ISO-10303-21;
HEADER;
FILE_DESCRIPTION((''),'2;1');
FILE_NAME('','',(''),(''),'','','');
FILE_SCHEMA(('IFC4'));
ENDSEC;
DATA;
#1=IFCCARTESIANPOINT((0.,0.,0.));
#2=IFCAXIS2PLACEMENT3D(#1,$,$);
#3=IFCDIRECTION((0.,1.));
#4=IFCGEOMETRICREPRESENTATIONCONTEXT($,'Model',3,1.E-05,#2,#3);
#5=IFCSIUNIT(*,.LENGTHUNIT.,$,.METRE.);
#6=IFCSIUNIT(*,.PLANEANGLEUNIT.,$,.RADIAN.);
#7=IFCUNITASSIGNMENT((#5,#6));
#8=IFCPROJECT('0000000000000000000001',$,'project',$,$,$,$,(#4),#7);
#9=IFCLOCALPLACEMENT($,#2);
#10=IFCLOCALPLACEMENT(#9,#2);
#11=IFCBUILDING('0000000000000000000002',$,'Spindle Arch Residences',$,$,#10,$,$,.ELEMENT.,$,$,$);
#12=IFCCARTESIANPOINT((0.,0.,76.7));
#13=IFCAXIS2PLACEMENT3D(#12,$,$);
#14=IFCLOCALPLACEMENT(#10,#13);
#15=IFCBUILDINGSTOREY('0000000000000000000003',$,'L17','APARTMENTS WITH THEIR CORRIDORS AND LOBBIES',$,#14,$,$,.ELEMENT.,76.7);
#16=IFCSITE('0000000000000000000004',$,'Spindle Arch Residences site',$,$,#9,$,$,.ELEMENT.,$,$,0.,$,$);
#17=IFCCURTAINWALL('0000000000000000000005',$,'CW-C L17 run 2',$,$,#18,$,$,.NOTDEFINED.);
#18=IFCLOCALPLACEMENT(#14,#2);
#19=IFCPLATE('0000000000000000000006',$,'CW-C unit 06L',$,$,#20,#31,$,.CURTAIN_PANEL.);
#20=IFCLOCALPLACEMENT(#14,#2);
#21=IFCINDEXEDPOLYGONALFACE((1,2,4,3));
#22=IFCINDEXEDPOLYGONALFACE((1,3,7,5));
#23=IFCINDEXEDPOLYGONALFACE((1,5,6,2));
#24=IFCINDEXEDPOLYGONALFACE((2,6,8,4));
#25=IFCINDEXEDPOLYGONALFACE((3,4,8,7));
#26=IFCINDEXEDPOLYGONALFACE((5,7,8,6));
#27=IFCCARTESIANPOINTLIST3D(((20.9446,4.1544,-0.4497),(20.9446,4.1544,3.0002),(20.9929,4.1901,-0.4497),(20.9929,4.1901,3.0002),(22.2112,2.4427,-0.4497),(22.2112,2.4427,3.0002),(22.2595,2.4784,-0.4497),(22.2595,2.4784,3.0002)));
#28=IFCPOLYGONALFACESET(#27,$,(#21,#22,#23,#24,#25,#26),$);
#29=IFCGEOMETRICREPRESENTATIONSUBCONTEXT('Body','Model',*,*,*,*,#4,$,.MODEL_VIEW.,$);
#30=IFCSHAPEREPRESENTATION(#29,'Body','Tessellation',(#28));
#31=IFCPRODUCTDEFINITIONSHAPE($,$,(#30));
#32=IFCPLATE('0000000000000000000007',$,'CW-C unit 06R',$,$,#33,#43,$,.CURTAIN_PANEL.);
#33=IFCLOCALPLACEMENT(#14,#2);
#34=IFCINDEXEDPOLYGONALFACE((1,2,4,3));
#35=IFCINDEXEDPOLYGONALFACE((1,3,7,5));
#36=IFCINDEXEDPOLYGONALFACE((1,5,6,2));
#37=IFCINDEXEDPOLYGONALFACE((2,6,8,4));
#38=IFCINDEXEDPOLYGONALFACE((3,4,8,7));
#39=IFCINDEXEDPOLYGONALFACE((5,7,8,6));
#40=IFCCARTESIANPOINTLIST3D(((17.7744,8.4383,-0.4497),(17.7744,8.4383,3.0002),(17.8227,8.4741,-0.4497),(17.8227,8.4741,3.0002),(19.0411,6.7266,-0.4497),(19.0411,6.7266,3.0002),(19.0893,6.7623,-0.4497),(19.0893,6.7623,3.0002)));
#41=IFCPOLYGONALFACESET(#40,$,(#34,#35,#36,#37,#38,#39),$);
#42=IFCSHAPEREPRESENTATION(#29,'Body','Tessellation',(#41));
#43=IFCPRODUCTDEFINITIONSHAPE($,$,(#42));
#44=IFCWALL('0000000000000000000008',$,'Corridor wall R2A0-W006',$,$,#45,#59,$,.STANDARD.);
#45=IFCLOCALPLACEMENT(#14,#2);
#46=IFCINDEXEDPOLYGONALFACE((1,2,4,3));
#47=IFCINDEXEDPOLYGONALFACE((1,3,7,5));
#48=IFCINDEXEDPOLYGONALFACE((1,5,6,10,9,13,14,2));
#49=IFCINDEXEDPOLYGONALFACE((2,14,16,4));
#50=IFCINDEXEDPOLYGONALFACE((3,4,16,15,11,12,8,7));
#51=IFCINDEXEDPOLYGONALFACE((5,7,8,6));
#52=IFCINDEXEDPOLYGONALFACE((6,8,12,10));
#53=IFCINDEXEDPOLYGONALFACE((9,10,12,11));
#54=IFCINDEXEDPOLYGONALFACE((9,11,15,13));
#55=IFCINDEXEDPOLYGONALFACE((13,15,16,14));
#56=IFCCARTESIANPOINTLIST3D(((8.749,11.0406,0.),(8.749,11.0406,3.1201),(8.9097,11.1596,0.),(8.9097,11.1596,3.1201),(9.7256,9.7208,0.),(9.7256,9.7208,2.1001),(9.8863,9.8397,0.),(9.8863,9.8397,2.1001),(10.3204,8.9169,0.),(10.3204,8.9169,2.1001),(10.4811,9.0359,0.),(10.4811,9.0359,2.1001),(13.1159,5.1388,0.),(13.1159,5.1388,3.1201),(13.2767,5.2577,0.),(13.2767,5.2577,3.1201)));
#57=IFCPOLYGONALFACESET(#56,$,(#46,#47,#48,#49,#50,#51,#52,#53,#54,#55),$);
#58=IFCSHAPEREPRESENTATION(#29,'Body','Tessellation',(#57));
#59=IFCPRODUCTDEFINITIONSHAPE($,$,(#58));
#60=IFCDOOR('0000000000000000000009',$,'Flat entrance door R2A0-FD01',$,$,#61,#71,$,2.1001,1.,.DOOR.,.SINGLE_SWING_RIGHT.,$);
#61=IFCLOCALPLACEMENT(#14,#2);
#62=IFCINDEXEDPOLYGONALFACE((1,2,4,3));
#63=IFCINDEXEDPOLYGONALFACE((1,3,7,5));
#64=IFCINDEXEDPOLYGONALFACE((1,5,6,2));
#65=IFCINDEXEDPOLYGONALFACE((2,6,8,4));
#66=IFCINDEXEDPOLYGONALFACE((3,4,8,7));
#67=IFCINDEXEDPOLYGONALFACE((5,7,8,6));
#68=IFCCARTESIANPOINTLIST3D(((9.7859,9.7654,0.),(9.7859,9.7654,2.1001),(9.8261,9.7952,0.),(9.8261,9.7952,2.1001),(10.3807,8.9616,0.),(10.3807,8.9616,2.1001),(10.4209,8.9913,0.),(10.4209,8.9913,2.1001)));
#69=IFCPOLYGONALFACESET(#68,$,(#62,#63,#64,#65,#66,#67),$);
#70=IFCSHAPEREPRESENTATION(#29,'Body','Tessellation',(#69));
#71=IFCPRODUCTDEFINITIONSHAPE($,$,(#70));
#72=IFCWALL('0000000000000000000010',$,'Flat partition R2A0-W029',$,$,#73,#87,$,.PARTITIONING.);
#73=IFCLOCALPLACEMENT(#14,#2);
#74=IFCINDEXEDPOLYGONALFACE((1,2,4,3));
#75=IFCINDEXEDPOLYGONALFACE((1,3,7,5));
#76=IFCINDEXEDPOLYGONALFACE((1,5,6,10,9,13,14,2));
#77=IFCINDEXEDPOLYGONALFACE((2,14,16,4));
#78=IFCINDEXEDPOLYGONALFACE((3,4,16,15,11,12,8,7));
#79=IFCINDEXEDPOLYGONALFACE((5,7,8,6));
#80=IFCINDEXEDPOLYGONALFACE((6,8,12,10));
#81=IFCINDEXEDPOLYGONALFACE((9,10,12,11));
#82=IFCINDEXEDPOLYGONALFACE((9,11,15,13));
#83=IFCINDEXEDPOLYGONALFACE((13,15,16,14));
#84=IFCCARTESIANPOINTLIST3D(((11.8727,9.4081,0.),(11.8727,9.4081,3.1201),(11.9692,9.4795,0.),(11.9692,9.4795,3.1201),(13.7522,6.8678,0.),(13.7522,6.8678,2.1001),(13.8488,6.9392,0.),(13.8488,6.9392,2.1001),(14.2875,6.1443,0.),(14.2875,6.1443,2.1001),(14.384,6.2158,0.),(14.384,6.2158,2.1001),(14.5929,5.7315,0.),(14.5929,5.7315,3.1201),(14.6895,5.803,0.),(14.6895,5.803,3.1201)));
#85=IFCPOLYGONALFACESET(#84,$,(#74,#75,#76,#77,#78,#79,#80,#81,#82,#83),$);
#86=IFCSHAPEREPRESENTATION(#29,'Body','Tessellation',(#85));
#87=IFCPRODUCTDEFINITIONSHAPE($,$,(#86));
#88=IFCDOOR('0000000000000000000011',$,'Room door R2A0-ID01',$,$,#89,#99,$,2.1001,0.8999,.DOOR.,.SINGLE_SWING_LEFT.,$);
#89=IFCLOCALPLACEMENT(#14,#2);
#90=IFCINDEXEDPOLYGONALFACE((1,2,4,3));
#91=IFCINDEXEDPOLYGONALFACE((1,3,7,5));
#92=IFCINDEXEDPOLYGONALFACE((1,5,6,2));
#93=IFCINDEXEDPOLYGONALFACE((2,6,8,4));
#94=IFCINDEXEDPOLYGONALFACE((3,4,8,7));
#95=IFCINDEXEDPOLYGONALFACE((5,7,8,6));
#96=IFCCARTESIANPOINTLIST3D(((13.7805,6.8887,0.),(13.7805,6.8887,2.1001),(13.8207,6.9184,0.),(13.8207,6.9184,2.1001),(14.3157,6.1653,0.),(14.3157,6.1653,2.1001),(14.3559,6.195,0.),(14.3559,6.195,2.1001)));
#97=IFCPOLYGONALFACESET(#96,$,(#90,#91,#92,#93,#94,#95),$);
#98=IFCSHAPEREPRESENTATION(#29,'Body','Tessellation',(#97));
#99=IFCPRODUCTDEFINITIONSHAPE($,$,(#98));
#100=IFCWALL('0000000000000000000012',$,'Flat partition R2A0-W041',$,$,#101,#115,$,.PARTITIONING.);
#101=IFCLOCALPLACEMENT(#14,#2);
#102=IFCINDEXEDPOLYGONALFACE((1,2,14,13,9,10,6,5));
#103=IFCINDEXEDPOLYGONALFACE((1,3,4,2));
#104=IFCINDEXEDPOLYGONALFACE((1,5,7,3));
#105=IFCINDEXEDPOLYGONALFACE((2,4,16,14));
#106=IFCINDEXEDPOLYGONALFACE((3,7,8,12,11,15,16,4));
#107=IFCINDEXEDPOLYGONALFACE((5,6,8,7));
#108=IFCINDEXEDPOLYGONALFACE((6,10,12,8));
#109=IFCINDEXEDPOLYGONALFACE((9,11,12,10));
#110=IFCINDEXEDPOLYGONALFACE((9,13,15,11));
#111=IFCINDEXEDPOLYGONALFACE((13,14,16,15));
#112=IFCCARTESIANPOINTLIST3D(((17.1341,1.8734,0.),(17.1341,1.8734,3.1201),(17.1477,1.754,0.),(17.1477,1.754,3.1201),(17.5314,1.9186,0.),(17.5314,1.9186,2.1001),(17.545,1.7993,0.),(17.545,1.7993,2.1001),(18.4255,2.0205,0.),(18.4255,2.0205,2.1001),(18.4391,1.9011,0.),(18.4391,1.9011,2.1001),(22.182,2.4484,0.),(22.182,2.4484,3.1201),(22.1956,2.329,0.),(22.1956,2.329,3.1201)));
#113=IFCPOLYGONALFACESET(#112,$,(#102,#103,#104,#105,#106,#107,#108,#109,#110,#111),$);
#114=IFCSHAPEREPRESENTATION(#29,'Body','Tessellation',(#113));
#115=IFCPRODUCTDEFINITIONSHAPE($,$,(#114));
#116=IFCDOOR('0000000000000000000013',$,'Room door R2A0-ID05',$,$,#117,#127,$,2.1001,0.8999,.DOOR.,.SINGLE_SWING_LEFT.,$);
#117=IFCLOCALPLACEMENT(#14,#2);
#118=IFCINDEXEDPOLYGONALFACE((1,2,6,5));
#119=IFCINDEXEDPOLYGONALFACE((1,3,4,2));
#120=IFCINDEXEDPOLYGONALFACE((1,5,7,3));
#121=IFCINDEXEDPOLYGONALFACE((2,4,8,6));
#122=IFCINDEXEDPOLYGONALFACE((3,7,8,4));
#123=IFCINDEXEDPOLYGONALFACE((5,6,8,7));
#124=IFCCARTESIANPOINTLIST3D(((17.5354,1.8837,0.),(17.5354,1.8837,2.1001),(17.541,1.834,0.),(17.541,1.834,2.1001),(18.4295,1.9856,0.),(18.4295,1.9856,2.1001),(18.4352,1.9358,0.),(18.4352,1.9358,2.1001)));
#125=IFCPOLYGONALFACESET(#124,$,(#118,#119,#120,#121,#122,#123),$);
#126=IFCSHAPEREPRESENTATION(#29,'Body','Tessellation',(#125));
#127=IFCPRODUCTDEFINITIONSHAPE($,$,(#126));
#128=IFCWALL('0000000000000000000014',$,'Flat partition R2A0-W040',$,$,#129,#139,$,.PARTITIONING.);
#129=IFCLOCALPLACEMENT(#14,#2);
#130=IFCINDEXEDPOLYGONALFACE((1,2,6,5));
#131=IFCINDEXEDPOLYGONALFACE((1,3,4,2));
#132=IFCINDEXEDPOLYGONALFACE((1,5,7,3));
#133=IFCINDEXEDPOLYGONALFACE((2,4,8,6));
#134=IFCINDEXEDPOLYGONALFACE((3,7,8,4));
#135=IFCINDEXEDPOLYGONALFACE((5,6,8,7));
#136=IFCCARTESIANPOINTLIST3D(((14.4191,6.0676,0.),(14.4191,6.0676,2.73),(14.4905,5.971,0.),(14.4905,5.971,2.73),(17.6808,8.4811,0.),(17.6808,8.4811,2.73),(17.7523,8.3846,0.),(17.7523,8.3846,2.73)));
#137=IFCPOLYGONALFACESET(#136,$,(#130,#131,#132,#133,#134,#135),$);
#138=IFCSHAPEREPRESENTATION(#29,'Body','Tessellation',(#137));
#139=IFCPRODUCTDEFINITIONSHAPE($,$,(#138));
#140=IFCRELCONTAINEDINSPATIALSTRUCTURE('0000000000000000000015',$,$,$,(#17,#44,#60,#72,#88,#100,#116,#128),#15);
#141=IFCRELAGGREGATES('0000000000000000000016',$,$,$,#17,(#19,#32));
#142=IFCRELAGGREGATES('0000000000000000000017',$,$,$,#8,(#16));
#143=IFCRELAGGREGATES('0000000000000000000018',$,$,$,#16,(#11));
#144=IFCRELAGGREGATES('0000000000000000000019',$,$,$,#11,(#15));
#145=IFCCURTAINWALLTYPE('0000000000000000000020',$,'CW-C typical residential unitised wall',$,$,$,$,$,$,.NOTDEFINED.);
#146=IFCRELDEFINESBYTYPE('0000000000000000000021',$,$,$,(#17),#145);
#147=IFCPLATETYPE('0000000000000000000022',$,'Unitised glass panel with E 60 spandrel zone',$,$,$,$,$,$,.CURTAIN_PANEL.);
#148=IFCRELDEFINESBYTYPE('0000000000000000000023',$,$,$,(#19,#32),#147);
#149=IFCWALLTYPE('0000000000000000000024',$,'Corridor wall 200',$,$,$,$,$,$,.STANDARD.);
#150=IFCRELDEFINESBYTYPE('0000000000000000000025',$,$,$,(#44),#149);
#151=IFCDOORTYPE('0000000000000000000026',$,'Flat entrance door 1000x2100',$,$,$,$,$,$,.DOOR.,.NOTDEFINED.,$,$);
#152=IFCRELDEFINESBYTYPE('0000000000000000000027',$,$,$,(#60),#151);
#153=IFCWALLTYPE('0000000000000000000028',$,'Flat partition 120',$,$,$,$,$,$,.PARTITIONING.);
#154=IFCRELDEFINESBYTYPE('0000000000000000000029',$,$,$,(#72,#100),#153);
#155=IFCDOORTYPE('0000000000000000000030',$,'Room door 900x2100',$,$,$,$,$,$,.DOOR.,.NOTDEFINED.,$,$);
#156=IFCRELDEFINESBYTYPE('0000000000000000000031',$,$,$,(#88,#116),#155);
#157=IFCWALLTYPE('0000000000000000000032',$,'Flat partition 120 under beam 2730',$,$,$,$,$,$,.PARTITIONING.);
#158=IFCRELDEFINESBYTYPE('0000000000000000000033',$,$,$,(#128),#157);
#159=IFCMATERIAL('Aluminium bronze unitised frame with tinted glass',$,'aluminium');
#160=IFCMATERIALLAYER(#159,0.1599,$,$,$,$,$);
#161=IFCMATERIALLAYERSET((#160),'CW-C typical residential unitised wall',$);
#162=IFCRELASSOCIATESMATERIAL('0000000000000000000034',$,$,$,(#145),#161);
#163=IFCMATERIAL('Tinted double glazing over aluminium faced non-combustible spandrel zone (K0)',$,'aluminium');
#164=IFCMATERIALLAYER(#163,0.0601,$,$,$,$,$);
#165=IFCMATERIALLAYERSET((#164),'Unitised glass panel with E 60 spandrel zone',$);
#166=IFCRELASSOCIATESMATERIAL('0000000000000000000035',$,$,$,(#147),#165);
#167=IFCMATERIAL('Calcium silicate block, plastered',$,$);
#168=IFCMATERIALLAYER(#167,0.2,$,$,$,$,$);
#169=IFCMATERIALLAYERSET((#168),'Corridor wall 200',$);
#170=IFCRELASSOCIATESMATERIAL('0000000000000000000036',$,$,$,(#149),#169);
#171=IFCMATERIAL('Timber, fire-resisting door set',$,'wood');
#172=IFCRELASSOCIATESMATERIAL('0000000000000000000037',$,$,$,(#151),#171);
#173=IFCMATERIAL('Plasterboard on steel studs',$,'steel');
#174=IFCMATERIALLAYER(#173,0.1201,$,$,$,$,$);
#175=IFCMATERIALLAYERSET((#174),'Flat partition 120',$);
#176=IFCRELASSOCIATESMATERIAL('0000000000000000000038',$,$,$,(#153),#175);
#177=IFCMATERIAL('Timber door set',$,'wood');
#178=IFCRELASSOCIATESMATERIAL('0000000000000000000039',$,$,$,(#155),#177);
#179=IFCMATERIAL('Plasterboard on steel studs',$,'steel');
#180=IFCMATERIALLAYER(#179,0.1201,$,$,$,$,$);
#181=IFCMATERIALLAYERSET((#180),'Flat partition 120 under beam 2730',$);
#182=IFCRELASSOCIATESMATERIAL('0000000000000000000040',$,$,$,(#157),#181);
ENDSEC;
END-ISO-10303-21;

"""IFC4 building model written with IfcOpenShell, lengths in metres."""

from ifc_helpers import new_model, si_unit, direction, frame, frame_2d, origin, origin_2d, place, context, subcontext, project, spatial, rectangle, extrude, material, layer, layer_set, type_object, element, fill, aggregate, save


model = new_model("IFC4")

# Units and contexts
model_context = context("Model", 3, precision=1e-05, world=origin(), true_north=direction((0.0, 1.0)))
body_context = subcontext(model_context, "Body", "Model", "MODEL_VIEW")
ifc_project = project(units=[si_unit("LENGTHUNIT", "METRE"), si_unit("PLANEANGLEUNIT", "RADIAN")], contexts=[model_context])

# Site, building, storey
site_placement = place(None, origin())
site = spatial("IfcSite", under=ifc_project, at=site_placement, Name="Spindle Arch Residences site", CompositionType="ELEMENT", RefElevation=0.0)
building_placement = place(site_placement, origin())
building = spatial("IfcBuilding", under=site, at=building_placement, Name="Spindle Arch Residences", CompositionType="ELEMENT")
storey_placement = place(building_placement, frame((0.0, 0.0, 76.7)))
storey = spatial("IfcBuildingStorey", under=building, at=storey_placement, Name="L17", Description="APARTMENTS WITH THEIR CORRIDORS AND LOBBIES", CompositionType="ELEMENT", Elevation=76.7)

# Curtain wall
ifc_material_1 = material(Name="Aluminium bronze unitised frame with tinted glass", Category="aluminium")
ifc_layer_1 = layer(ifc_material_1, 0.1599)
ifc_layer_set_1 = layer_set([ifc_layer_1], Name="CW-C typical residential unitised wall")
curtain_wall_type = type_object("IfcCurtainWallType", Name="CW-C typical residential unitised wall", PredefinedType="NOTDEFINED", material=ifc_layer_set_1)
curtain_wall_placement = place(storey_placement, origin())
curtain_wall = element("IfcCurtainWall", 1, at=curtain_wall_placement, inside=storey, type_object=curtain_wall_type, Name="CW-C L17 run 2", PredefinedType="NOTDEFINED")

# Plates
ifc_material_2 = material(Name="Tinted double glazing over aluminium faced non-combustible spandrel zone (K0)", Category="aluminium")
ifc_layer_2 = layer(ifc_material_2, 0.0601)
ifc_layer_set_2 = layer_set([ifc_layer_2], Name="Unitised glass panel with E 60 spandrel zone")
plate_type = type_object("IfcPlateType", Name="Unitised glass panel with E 60 spandrel zone", PredefinedType="CURTAIN_PANEL", material=ifc_layer_set_2)
plate_1_placement = place(storey_placement, frame((21.6021, 3.3164, -0.4497), z_axis=(0.0, 0.0, 1.0), x_axis=(-0.594823, 0.803857, 0.0)))
plate_1 = element("IfcPlate", 2, at=plate_1_placement, type_object=plate_type, Name="CW-C unit 06L", PredefinedType="CURTAIN_PANEL", context=body_context, shape_type="SweptSolid", body=[
    extrude(rectangle(XDim=2.1294, YDim=0.0601, at=origin_2d()), origin(), (0.0, 0.0, 1.0), 3.45),
])
plate_2_placement = place(storey_placement, frame((18.4319, 7.6003, -0.4497), z_axis=(0.0, 0.0, 1.0), x_axis=(-0.594823, 0.803857, 0.0)))
plate_2 = element("IfcPlate", 3, at=plate_2_placement, type_object=plate_type, Name="CW-C unit 06R", PredefinedType="CURTAIN_PANEL", context=body_context, shape_type="SweptSolid", body=[
    extrude(rectangle(XDim=2.1294, YDim=0.0601, at=origin_2d()), origin(), (0.0, 0.0, 1.0), 3.45),
])
aggregate(curtain_wall, [plate_1, plate_2])

# Walls, openings, doors
ifc_material_3 = material(Name="Calcium silicate block, plastered")
ifc_layer_3 = layer(ifc_material_3, 0.2)
ifc_layer_set_3 = layer_set([ifc_layer_3], Name="Corridor wall 200")
wall_type_1 = type_object("IfcWallType", Name="Corridor wall 200", PredefinedType="STANDARD", material=ifc_layer_set_3)
wall_1_placement = place(storey_placement, frame((13.1963, 5.1982, 0.0), z_axis=(0.0, 0.0, 1.0), x_axis=(-0.594805, 0.80387, 0.0)))
wall_1 = element("IfcWall", 4, at=wall_1_placement, inside=storey, type_object=wall_type_1, Name="Corridor wall R2A0-W006", PredefinedType="STANDARD", context=body_context, shape_type="SweptSolid", body=[
    extrude(rectangle(XDim=7.3418, YDim=0.2, at=frame_2d((3.6709, 0.0))), origin(), (0.0, 0.0, 1.0), 3.1201),
])
opening_1_placement = place(wall_1_placement, frame((4.7, 0.0, 0.0)))
opening_1 = element("IfcOpeningElement", 5, at=opening_1_placement, cuts=wall_1, PredefinedType="OPENING", context=body_context, shape_type="SweptSolid", body=[
    extrude(rectangle(XDim=1.0, YDim=2.1001, at=frame_2d((0.5, 1.05))), frame((0.0, 0.1099, 0.0), z_axis=(0.0, -1.0, 0.0), x_axis=(1.0, 0.0, 0.0)), (0.0, 0.0, 1.0), 0.22),
])
ifc_material_4 = material(Name="Timber, fire-resisting door set", Category="wood")
door_type_1 = type_object("IfcDoorType", Name="Flat entrance door 1000x2100", OperationType="NOTDEFINED", PredefinedType="DOOR", material=ifc_material_4)
door_1_placement = place(opening_1_placement, origin())
door_1 = element("IfcDoor", 6, at=door_1_placement, inside=storey, type_object=door_type_1, Name="Flat entrance door R2A0-FD01", OperationType="SINGLE_SWING_RIGHT", OverallHeight=2.1001, OverallWidth=1.0, PredefinedType="DOOR", context=body_context, shape_type="SweptSolid", body=[
    extrude(rectangle(XDim=1.0, YDim=2.1001, at=frame_2d((0.5, 1.05))), frame((0.0, 0.0249, 0.0), z_axis=(0.0, -1.0, 0.0), x_axis=(1.0, 0.0, 0.0)), (0.0, 0.0, 1.0), 0.05),
])
fill(opening_1, door_1)
ifc_material_5 = material(Name="Plasterboard on steel studs", Category="steel")
ifc_layer_4 = layer(ifc_material_5, 0.1201)
ifc_layer_set_4 = layer_set([ifc_layer_4], Name="Flat partition 120")
wall_type_2 = type_object("IfcWallType", Name="Flat partition 120", PredefinedType="PARTITIONING", material=ifc_layer_set_4)
wall_2_placement = place(storey_placement, frame((14.6411, 5.7673, 0.0), z_axis=(0.0, 0.0, 1.0), x_axis=(-0.594786, 0.803884, 0.0)))
wall_2 = element("IfcWall", 7, at=wall_2_placement, inside=storey, type_object=wall_type_2, Name="Flat partition R2A0-W029", PredefinedType="PARTITIONING", context=body_context, shape_type="SweptSolid", body=[
    extrude(rectangle(XDim=4.5735, YDim=0.1201, at=frame_2d((2.2866, 0.0))), origin(), (0.0, 0.0, 1.0), 3.1201),
])
opening_2_placement = place(wall_2_placement, frame((0.5134, 0.0, 0.0)))
opening_2 = element("IfcOpeningElement", 8, at=opening_2_placement, cuts=wall_2, PredefinedType="OPENING", context=body_context, shape_type="SweptSolid", body=[
    extrude(rectangle(XDim=0.8999, YDim=2.1001, at=frame_2d((0.45, 1.05))), frame((0.0, 0.0701, 0.0), z_axis=(0.0, -1.0, 0.0), x_axis=(1.0, 0.0, 0.0)), (0.0, 0.0, 1.0), 0.1401),
])
ifc_material_6 = material(Name="Timber door set", Category="wood")
door_type_2 = type_object("IfcDoorType", Name="Room door 900x2100", OperationType="NOTDEFINED", PredefinedType="DOOR", material=ifc_material_6)
door_2_placement = place(opening_2_placement, origin())
door_2 = element("IfcDoor", 9, at=door_2_placement, inside=storey, type_object=door_type_2, Name="Room door R2A0-ID01", OperationType="SINGLE_SWING_LEFT", OverallHeight=2.1001, OverallWidth=0.8999, PredefinedType="DOOR", context=body_context, shape_type="SweptSolid", body=[
    extrude(rectangle(XDim=0.8999, YDim=2.1001, at=frame_2d((0.45, 1.05))), frame((0.0, 0.0249, 0.0), z_axis=(0.0, -1.0, 0.0), x_axis=(1.0, 0.0, 0.0)), (0.0, 0.0, 1.0), 0.05),
])
fill(opening_2, door_2)
wall_3_placement = place(storey_placement, frame((17.1409, 1.8137, 0.0), z_axis=(0.0, 0.0, 1.0), x_axis=(0.993576, 0.113168, 0.0)))
wall_3 = element("IfcWall", 10, at=wall_3_placement, inside=storey, type_object=wall_type_2, Name="Flat partition R2A0-W041", PredefinedType="PARTITIONING", context=body_context, shape_type="SweptSolid", body=[
    extrude(rectangle(XDim=5.0806, YDim=0.1201, at=frame_2d((2.5403, 0.0))), origin(), (0.0, 0.0, 1.0), 3.1201),
])
opening_3_placement = place(wall_3_placement, frame((0.3999, 0.0, 0.0)))
opening_3 = element("IfcOpeningElement", 11, at=opening_3_placement, cuts=wall_3, PredefinedType="OPENING", context=body_context, shape_type="SweptSolid", body=[
    extrude(rectangle(XDim=0.8999, YDim=2.1001, at=frame_2d((0.45, 1.05))), frame((0.0, 0.0701, 0.0), z_axis=(0.0, -1.0, 0.0), x_axis=(1.0, 0.0, 0.0)), (0.0, 0.0, 1.0), 0.1401),
])
door_3_placement = place(opening_3_placement, origin())
door_3 = element("IfcDoor", 12, at=door_3_placement, inside=storey, type_object=door_type_2, Name="Room door R2A0-ID05", OperationType="SINGLE_SWING_LEFT", OverallHeight=2.1001, OverallWidth=0.8999, PredefinedType="DOOR", context=body_context, shape_type="SweptSolid", body=[
    extrude(rectangle(XDim=0.8999, YDim=2.1001, at=frame_2d((0.45, 1.05))), frame((0.0, 0.0249, 0.0), z_axis=(0.0, -1.0, 0.0), x_axis=(1.0, 0.0, 0.0)), (0.0, 0.0, 1.0), 0.05),
])
fill(opening_3, door_3)

# Wall
ifc_material_7 = material(Name="Plasterboard on steel studs", Category="steel")
ifc_layer_5 = layer(ifc_material_7, 0.1201)
ifc_layer_set_5 = layer_set([ifc_layer_5], Name="Flat partition 120 under beam 2730")
wall_type_3 = type_object("IfcWallType", Name="Flat partition 120 under beam 2730", PredefinedType="PARTITIONING", material=ifc_layer_set_5)
wall_4_placement = place(storey_placement, frame((17.7166, 8.4329, 0.0), z_axis=(0.0, 0.0, 1.0), x_axis=(-0.803853, -0.594827, 0.0)))
element("IfcWall", 13, at=wall_4_placement, inside=storey, type_object=wall_type_3, Name="Flat partition R2A0-W040", PredefinedType="PARTITIONING", context=body_context, shape_type="SweptSolid", body=[
    extrude(rectangle(XDim=4.0576, YDim=0.1201, at=frame_2d((2.0288, 0.0))), origin(), (0.0, 0.0, 1.0), 2.73),
])

save(model, "model.ifc")
